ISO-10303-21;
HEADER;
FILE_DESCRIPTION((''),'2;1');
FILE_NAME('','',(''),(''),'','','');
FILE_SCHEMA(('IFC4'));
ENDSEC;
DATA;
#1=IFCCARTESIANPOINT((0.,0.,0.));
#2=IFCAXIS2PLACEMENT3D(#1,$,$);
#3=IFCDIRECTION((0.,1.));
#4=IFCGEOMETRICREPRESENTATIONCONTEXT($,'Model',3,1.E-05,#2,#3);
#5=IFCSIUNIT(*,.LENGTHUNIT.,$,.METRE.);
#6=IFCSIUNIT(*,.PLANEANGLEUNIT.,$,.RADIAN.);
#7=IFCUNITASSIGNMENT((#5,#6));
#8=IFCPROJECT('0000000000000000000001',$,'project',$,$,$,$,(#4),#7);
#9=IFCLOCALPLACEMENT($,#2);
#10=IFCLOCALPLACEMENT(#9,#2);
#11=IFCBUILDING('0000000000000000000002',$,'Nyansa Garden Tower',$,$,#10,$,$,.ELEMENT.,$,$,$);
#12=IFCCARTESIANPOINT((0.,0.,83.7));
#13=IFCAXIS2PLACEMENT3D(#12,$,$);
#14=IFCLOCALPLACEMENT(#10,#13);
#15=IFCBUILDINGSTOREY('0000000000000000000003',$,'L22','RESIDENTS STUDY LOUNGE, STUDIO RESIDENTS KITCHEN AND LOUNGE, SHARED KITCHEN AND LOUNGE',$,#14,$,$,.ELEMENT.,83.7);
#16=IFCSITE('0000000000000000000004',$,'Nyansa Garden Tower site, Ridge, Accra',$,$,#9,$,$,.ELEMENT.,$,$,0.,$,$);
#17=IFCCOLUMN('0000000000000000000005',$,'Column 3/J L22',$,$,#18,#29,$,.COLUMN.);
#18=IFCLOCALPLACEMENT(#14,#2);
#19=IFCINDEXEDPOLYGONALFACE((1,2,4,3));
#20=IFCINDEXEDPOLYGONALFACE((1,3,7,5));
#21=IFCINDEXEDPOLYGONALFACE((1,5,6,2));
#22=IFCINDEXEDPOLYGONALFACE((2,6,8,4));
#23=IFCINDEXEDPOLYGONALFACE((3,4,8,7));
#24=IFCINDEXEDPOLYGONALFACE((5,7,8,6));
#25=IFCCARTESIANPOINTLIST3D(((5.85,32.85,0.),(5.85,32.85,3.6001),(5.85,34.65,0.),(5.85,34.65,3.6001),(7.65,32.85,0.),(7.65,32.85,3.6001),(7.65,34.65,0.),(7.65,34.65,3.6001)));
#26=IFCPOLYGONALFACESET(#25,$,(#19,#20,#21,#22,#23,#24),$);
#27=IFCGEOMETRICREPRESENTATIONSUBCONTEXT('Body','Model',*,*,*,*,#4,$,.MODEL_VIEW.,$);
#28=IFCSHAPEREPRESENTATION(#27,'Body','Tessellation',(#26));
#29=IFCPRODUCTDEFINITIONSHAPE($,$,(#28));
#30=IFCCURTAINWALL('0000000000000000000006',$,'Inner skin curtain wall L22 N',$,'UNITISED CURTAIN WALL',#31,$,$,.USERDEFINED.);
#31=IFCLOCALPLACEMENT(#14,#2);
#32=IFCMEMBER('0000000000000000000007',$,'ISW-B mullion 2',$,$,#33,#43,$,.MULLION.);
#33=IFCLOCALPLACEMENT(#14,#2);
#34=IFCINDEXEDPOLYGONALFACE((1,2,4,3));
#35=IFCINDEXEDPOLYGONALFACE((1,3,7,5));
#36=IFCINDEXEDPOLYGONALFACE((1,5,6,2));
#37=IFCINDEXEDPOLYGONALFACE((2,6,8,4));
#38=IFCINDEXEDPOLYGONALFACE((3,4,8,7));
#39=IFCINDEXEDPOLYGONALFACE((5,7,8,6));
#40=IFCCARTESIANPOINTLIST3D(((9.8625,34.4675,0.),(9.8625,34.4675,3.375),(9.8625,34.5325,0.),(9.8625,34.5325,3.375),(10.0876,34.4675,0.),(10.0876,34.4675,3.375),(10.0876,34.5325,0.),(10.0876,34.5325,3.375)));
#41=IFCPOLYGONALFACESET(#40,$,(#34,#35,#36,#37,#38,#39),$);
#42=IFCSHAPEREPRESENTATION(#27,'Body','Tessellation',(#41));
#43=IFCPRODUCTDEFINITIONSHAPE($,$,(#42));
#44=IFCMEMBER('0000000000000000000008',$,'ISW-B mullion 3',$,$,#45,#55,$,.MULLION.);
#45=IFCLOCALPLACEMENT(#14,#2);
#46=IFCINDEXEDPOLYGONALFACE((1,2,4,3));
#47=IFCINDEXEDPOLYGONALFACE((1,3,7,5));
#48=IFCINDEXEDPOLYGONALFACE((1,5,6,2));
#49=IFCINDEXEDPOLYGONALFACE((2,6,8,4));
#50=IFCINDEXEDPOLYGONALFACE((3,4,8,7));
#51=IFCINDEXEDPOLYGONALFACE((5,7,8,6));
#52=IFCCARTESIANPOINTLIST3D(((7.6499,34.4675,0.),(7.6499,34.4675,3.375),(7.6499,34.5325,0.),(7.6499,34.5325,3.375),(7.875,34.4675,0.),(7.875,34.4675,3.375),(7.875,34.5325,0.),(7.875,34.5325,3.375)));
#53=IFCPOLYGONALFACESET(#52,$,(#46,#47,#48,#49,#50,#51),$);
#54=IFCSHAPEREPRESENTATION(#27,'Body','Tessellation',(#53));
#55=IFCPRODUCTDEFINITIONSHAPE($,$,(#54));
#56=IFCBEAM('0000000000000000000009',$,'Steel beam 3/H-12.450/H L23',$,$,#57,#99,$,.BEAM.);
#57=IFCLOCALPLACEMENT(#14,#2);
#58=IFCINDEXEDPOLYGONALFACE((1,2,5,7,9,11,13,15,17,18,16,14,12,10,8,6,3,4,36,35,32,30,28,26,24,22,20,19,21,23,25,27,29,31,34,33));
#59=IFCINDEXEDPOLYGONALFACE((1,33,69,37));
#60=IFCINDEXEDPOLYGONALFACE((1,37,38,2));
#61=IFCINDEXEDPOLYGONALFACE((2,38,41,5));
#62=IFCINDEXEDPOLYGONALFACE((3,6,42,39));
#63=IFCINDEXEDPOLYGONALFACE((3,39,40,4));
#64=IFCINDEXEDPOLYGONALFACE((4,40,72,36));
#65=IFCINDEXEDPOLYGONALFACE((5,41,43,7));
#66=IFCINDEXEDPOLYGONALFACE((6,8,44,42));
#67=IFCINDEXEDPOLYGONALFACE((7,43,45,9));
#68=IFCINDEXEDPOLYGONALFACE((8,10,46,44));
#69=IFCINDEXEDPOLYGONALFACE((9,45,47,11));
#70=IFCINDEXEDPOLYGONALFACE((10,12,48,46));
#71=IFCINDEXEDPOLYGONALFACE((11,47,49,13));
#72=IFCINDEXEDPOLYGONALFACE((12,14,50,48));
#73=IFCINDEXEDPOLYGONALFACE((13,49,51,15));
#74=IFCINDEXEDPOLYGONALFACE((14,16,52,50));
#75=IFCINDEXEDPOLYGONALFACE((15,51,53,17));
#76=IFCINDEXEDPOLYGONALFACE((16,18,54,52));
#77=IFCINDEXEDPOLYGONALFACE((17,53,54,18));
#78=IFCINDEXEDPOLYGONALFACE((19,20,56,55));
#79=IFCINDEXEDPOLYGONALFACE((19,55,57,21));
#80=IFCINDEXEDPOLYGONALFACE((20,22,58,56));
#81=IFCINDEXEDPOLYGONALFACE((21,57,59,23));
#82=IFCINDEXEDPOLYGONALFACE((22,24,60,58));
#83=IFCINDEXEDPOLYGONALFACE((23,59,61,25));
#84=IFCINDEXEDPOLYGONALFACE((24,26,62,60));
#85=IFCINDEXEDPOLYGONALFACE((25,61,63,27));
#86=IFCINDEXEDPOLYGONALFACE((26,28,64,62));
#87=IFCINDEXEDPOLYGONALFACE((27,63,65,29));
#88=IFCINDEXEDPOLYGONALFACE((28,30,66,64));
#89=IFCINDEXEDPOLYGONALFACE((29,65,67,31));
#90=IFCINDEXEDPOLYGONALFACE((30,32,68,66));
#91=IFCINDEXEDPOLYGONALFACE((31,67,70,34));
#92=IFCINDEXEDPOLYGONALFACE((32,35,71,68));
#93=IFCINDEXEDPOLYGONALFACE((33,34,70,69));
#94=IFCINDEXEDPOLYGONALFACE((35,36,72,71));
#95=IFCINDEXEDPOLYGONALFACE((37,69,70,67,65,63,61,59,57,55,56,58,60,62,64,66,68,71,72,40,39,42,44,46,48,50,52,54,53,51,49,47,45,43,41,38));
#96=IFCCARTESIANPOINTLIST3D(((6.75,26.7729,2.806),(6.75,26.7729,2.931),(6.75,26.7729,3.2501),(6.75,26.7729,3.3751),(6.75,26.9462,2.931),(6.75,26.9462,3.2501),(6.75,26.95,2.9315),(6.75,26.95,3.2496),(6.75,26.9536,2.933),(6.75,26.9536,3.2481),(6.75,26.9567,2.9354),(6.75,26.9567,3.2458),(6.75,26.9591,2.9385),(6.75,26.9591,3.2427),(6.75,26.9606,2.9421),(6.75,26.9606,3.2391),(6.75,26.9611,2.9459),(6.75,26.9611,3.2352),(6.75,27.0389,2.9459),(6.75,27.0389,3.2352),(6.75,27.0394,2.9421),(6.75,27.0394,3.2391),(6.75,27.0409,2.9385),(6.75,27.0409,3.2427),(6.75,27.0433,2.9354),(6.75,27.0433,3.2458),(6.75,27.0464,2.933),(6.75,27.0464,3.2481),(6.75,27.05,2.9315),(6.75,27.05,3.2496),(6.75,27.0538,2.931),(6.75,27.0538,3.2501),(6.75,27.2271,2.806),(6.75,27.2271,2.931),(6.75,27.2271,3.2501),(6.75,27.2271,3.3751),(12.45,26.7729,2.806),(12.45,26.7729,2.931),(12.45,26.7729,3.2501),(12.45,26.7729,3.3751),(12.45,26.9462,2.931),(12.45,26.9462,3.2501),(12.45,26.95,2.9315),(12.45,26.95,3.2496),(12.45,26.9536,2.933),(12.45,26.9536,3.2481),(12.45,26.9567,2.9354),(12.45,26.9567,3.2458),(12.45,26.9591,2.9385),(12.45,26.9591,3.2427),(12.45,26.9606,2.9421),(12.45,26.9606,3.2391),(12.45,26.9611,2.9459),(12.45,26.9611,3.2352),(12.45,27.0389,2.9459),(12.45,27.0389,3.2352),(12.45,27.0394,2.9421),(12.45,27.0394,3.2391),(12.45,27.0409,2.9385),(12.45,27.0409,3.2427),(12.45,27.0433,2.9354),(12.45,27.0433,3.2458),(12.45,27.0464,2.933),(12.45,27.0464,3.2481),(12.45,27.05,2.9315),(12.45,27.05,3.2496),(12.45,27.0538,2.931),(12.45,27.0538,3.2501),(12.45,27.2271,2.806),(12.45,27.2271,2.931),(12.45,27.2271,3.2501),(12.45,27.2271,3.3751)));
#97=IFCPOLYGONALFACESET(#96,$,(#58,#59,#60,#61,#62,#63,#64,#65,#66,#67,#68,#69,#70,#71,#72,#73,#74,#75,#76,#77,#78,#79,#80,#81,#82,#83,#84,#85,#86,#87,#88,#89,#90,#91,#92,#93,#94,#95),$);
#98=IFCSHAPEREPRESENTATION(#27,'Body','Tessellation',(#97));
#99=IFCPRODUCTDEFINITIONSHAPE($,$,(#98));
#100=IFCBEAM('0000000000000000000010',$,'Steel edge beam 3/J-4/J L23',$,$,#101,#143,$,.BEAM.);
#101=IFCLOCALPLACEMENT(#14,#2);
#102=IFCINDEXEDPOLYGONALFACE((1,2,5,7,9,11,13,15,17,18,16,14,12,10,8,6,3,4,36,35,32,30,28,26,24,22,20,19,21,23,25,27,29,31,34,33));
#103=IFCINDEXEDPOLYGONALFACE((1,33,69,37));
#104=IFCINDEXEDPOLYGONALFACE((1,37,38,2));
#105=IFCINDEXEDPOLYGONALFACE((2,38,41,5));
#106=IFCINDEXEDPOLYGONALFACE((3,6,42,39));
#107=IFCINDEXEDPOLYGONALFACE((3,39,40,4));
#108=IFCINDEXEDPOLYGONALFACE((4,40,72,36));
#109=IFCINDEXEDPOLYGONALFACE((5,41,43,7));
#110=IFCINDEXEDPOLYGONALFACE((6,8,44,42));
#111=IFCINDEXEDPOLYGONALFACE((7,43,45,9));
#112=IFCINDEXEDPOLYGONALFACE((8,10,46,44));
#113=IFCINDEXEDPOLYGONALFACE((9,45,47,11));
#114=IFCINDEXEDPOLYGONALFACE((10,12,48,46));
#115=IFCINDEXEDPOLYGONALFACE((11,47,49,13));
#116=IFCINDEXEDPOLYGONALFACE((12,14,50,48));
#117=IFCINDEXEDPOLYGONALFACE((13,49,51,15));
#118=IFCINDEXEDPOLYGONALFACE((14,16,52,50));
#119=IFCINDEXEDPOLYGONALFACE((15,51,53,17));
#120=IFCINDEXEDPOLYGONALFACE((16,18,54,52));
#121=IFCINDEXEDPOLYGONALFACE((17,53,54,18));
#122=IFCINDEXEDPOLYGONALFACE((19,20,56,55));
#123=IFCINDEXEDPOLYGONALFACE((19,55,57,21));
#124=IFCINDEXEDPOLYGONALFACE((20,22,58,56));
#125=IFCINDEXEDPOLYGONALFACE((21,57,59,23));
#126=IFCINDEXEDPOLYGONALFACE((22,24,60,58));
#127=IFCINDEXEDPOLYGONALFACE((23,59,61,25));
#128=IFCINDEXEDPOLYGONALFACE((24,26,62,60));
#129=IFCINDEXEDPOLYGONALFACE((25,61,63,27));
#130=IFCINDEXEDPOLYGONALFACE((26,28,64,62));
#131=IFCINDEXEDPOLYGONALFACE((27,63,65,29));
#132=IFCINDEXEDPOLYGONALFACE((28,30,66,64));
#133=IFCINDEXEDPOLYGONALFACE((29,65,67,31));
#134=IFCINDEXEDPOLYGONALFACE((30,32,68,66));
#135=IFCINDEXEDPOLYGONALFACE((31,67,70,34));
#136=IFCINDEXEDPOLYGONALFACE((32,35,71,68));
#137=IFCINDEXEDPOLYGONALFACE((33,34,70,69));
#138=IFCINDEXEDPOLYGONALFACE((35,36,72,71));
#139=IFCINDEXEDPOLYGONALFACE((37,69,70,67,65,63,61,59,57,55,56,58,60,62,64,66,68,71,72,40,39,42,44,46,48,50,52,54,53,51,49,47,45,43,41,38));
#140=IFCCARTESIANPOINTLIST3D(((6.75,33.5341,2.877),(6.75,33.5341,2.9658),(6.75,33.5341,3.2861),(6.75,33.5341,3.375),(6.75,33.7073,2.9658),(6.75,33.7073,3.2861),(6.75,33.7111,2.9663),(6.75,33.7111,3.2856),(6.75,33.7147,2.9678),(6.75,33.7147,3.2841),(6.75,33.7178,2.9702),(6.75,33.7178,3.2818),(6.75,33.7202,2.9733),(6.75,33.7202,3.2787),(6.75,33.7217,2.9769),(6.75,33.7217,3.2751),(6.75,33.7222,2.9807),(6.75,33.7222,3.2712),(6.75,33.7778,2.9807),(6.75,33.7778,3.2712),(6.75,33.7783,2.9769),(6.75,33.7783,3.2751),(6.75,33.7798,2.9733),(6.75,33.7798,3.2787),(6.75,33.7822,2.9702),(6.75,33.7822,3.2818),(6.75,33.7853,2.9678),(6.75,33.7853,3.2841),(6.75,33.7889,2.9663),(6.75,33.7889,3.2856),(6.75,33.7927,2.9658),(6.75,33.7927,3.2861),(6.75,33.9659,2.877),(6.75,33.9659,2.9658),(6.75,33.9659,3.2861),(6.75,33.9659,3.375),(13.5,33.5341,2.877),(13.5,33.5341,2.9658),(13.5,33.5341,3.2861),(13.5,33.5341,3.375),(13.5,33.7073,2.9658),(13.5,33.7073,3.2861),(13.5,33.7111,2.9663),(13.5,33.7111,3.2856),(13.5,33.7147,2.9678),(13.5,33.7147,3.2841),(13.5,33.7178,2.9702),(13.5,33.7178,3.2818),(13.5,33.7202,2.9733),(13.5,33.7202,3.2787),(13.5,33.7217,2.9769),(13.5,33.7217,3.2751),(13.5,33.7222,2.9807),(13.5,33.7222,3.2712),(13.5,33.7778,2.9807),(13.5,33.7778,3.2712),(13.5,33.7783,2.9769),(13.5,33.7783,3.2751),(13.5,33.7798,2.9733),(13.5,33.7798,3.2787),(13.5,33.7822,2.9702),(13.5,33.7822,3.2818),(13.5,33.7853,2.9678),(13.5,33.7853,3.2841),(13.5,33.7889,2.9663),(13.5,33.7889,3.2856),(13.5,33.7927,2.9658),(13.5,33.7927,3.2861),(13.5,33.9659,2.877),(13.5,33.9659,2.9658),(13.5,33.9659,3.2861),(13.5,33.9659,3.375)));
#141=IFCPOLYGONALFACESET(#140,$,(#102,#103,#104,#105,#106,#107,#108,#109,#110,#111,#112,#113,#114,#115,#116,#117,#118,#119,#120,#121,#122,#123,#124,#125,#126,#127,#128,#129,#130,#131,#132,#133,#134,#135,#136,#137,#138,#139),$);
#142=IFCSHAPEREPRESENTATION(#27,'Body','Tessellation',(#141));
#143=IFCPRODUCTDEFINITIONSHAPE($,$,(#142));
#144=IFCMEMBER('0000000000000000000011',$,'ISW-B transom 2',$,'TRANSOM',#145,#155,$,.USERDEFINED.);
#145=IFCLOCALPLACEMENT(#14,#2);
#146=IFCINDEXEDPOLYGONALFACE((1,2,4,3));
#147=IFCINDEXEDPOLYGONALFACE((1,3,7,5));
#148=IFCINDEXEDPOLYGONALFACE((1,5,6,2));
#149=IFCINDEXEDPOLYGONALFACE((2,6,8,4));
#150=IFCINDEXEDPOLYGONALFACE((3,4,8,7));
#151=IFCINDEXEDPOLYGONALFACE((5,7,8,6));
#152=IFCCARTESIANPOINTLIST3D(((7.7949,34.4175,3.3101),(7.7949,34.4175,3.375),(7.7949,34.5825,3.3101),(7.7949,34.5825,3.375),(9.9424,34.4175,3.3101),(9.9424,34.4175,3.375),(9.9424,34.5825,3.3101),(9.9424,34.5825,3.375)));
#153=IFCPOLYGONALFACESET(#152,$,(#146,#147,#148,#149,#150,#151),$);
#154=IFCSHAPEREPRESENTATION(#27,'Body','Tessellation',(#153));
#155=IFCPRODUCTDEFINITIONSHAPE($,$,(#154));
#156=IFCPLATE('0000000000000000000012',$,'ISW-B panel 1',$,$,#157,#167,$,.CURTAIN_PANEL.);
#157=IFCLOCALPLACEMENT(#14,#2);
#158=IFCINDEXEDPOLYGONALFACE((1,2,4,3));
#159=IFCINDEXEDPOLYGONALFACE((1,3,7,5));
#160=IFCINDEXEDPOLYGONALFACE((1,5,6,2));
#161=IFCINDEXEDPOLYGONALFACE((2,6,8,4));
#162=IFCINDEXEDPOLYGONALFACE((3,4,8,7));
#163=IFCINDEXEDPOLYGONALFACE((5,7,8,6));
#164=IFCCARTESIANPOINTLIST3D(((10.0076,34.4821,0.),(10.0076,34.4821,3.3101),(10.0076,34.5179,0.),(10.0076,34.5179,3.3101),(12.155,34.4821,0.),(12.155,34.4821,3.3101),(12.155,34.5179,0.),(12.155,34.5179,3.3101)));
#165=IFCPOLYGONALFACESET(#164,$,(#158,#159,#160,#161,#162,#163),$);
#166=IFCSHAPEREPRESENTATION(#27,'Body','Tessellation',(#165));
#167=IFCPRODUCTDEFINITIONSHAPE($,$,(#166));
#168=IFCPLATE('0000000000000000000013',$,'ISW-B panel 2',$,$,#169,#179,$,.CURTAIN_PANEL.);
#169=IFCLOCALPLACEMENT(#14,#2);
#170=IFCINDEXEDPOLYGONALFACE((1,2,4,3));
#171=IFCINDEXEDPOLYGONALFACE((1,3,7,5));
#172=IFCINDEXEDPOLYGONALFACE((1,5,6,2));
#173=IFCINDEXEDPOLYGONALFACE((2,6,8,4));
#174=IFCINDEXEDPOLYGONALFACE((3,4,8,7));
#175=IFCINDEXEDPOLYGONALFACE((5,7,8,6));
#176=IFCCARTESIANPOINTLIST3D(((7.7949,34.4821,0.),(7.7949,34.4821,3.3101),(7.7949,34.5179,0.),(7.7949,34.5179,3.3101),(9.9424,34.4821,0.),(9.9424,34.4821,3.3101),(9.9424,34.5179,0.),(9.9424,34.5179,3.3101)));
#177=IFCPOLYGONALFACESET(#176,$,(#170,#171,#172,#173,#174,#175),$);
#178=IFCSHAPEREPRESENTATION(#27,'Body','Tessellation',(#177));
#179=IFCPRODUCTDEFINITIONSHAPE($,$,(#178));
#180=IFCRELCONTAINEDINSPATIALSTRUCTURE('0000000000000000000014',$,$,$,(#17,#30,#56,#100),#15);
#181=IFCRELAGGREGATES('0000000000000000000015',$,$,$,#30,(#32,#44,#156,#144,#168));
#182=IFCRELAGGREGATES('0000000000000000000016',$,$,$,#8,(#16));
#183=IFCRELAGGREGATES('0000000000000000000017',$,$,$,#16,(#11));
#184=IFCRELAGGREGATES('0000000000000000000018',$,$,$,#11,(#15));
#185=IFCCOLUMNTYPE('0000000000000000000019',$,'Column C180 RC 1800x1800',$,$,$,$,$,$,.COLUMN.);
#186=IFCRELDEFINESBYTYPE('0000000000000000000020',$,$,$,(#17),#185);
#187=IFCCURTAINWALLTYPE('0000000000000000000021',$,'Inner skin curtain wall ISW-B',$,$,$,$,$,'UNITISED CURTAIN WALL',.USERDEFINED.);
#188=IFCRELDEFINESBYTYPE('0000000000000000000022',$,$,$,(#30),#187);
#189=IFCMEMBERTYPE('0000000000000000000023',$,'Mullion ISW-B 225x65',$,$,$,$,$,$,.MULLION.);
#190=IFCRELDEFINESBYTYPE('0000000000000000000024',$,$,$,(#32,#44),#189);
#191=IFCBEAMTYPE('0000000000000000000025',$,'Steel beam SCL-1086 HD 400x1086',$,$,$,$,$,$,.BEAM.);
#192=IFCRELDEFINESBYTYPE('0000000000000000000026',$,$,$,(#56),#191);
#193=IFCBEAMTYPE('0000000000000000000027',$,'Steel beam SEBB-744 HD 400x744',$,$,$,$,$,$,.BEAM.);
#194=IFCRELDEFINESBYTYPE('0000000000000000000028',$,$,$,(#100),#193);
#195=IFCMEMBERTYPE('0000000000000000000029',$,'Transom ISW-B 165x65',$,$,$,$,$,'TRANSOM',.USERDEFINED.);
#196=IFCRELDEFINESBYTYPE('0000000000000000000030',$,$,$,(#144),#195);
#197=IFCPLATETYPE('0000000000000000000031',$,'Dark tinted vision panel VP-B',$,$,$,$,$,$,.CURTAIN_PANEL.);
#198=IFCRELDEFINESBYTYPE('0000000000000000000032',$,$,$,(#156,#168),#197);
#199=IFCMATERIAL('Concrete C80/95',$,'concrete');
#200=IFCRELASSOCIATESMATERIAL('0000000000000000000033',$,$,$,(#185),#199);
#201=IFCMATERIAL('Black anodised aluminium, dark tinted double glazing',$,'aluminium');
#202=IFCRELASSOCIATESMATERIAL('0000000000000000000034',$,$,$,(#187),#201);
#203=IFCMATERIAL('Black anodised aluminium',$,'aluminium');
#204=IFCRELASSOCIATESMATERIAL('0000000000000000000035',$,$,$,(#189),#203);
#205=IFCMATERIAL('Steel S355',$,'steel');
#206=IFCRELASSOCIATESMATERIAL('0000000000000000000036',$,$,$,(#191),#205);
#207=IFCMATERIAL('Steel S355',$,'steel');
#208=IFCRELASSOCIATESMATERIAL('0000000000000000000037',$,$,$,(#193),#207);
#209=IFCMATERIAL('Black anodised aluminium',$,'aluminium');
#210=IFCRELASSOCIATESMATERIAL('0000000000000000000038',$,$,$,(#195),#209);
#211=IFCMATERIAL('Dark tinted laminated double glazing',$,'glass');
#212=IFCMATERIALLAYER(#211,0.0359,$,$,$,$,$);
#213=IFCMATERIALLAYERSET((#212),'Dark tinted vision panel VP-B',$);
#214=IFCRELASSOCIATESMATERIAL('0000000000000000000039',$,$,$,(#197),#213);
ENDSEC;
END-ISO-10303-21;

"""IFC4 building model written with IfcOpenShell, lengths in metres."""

from ifc_helpers import new_model, si_unit, direction, frame, origin, origin_2d, place, context, subcontext, project, spatial, rectangle, i_section, extrude, material, layer, layer_set, material_profile, profile_set, type_object, element, aggregate, save


model = new_model("IFC4")

# Units and contexts
model_context = context("Model", 3, precision=1e-05, world=origin(), true_north=direction((0.0, 1.0)))
body_context = subcontext(model_context, "Body", "Model", "MODEL_VIEW")
ifc_project = project(units=[si_unit("LENGTHUNIT", "METRE"), si_unit("PLANEANGLEUNIT", "RADIAN")], contexts=[model_context])

# Site, building, storey
site_placement = place(None, origin())
site = spatial("IfcSite", under=ifc_project, at=site_placement, Name="Nyansa Garden Tower site, Ridge, Accra", CompositionType="ELEMENT", RefElevation=0.0)
building_placement = place(site_placement, origin())
building = spatial("IfcBuilding", under=site, at=building_placement, Name="Nyansa Garden Tower", CompositionType="ELEMENT")
storey_placement = place(building_placement, frame((0.0, 0.0, 83.7)))
storey = spatial("IfcBuildingStorey", under=building, at=storey_placement, Name="L22", Description="RESIDENTS STUDY LOUNGE, STUDIO RESIDENTS KITCHEN AND LOUNGE, SHARED KITCHEN AND LOUNGE", CompositionType="ELEMENT", Elevation=83.7)

# Column
ifc_material_1 = material(Name="Concrete C80/95", Category="concrete")
ifc_material_profile_1 = material_profile(ifc_material_1, rectangle(XDim=1.8, YDim=1.8, at=origin_2d()), Name="RC 1800x1800")
ifc_profile_set_1 = profile_set([ifc_material_profile_1], Name="Concrete C80/95")
column_type = type_object("IfcColumnType", Name="Column C180 RC 1800x1800", PredefinedType="COLUMN", material=ifc_profile_set_1)
column_placement = place(storey_placement, frame((6.75, 33.75, 0.0), z_axis=(0.0, 0.0, 1.0), x_axis=(1.0, 0.0, 0.0)))
element("IfcColumn", 1, at=column_placement, inside=storey, type_object=column_type, Name="Column 3/J L22", PredefinedType="COLUMN", context=body_context, shape_type="SweptSolid", body=[
    extrude(rectangle(XDim=1.8, YDim=1.8, at=origin_2d()), origin(), (0.0, 0.0, 1.0), 3.6001),
])

# Curtain wall, members
ifc_material_2 = material(Name="Black anodised aluminium, dark tinted double glazing", Category="aluminium")
curtain_wall_type = type_object("IfcCurtainWallType", Name="Inner skin curtain wall ISW-B", ElementType="UNITISED CURTAIN WALL", PredefinedType="USERDEFINED", material=ifc_material_2)
curtain_wall_placement = place(storey_placement, origin())
curtain_wall = element("IfcCurtainWall", 2, at=curtain_wall_placement, inside=storey, type_object=curtain_wall_type, Name="Inner skin curtain wall L22 N", ObjectType="UNITISED CURTAIN WALL", PredefinedType="USERDEFINED")
ifc_material_3 = material(Name="Black anodised aluminium", Category="aluminium")
ifc_material_profile_2 = material_profile(ifc_material_3, rectangle(XDim=0.0649, YDim=0.2251, at=origin_2d()), Name="Mullion 225x65")
ifc_profile_set_2 = profile_set([ifc_material_profile_2], Name="Black anodised aluminium")
member_type_1 = type_object("IfcMemberType", Name="Mullion ISW-B 225x65", PredefinedType="MULLION", material=ifc_profile_set_2)
member_1_placement = place(storey_placement, frame((9.9751, 34.5, 0.0), z_axis=(0.0, 0.0, 1.0), x_axis=(0.0, -1.0, 0.0)))
member_1 = element("IfcMember", 3, at=member_1_placement, type_object=member_type_1, Name="ISW-B mullion 2", PredefinedType="MULLION", context=body_context, shape_type="SweptSolid", body=[
    extrude(rectangle(XDim=0.0649, YDim=0.2251, at=origin_2d()), origin(), (0.0, 0.0, 1.0), 3.375),
])
member_2_placement = place(storey_placement, frame((7.7625, 34.5, 0.0), z_axis=(0.0, 0.0, 1.0), x_axis=(0.0, -1.0, 0.0)))
member_2 = element("IfcMember", 4, at=member_2_placement, type_object=member_type_1, Name="ISW-B mullion 3", PredefinedType="MULLION", context=body_context, shape_type="SweptSolid", body=[
    extrude(rectangle(XDim=0.0649, YDim=0.2251, at=origin_2d()), origin(), (0.0, 0.0, 1.0), 3.375),
])

# Beams
ifc_material_4 = material(Name="Steel S355", Category="steel")
ifc_material_profile_3 = material_profile(ifc_material_4, i_section(OverallWidth=0.4541, OverallDepth=0.5691, WebThickness=0.0779, FlangeThickness=0.125, FilletRadius=0.0149, at=origin_2d()), Name="HD 400x1086")
ifc_profile_set_3 = profile_set([ifc_material_profile_3], Name="Steel S355")
beam_type_1 = type_object("IfcBeamType", Name="Steel beam SCL-1086 HD 400x1086", PredefinedType="BEAM", material=ifc_profile_set_3)
beam_1_placement = place(storey_placement, frame((6.75, 27.0, 3.0906), z_axis=(1.0, 0.0, 0.0), x_axis=(0.0, 1.0, 0.0)))
element("IfcBeam", 5, at=beam_1_placement, inside=storey, type_object=beam_type_1, Name="Steel beam 3/H-12.450/H L23", PredefinedType="BEAM", context=body_context, shape_type="SweptSolid", body=[
    extrude(i_section(OverallWidth=0.4541, OverallDepth=0.5691, WebThickness=0.0779, FlangeThickness=0.125, FilletRadius=0.0149, at=origin_2d()), origin(), (0.0, 0.0, 1.0), 5.7),
])
ifc_material_5 = material(Name="Steel S355", Category="steel")
ifc_material_profile_4 = material_profile(ifc_material_5, i_section(OverallWidth=0.4319, OverallDepth=0.498, WebThickness=0.0557, FlangeThickness=0.0889, FilletRadius=0.0149, at=origin_2d()), Name="HD 400x744")
ifc_profile_set_4 = profile_set([ifc_material_profile_4], Name="Steel S355")
beam_type_2 = type_object("IfcBeamType", Name="Steel beam SEBB-744 HD 400x744", PredefinedType="BEAM", material=ifc_profile_set_4)
beam_2_placement = place(storey_placement, frame((6.75, 33.75, 3.126), z_axis=(1.0, 0.0, 0.0), x_axis=(0.0, 1.0, 0.0)))
element("IfcBeam", 6, at=beam_2_placement, inside=storey, type_object=beam_type_2, Name="Steel edge beam 3/J-4/J L23", PredefinedType="BEAM", context=body_context, shape_type="SweptSolid", body=[
    extrude(i_section(OverallWidth=0.4319, OverallDepth=0.498, WebThickness=0.0557, FlangeThickness=0.0889, FilletRadius=0.0149, at=origin_2d()), origin(), (0.0, 0.0, 1.0), 6.75),
])

# Member
ifc_material_6 = material(Name="Black anodised aluminium", Category="aluminium")
ifc_material_profile_5 = material_profile(ifc_material_6, rectangle(XDim=0.165, YDim=0.0649, at=origin_2d()), Name="Transom 165x65")
ifc_profile_set_5 = profile_set([ifc_material_profile_5], Name="Black anodised aluminium")
member_type_2 = type_object("IfcMemberType", Name="Transom ISW-B 165x65", ElementType="TRANSOM", PredefinedType="USERDEFINED", material=ifc_profile_set_5)
member_3_placement = place(storey_placement, frame((9.9424, 34.5, 3.3425), z_axis=(-1.0, 0.0, 0.0), x_axis=(0.0, -1.0, 0.0)))
member_3 = element("IfcMember", 7, at=member_3_placement, type_object=member_type_2, Name="ISW-B transom 2", ObjectType="TRANSOM", PredefinedType="USERDEFINED", context=body_context, shape_type="SweptSolid", body=[
    extrude(rectangle(XDim=0.165, YDim=0.0649, at=origin_2d()), origin(), (0.0, 0.0, 1.0), 2.1475),
])

# Plates
ifc_material_7 = material(Name="Dark tinted laminated double glazing", Category="glass")
ifc_layer_1 = layer(ifc_material_7, 0.0359)
ifc_layer_set_1 = layer_set([ifc_layer_1], Name="Dark tinted vision panel VP-B")
plate_type = type_object("IfcPlateType", Name="Dark tinted vision panel VP-B", PredefinedType="CURTAIN_PANEL", material=ifc_layer_set_1)
plate_1_placement = place(storey_placement, frame((11.0813, 34.5, 0.0), z_axis=(0.0, 0.0, 1.0), x_axis=(-1.0, 0.0, 0.0)))
plate_1 = element("IfcPlate", 8, at=plate_1_placement, type_object=plate_type, Name="ISW-B panel 1", PredefinedType="CURTAIN_PANEL", context=body_context, shape_type="SweptSolid", body=[
    extrude(rectangle(XDim=2.1475, YDim=0.0359, at=origin_2d()), origin(), (0.0, 0.0, 1.0), 3.3101),
])
plate_2_placement = place(storey_placement, frame((8.8687, 34.5, 0.0), z_axis=(0.0, 0.0, 1.0), x_axis=(-1.0, 0.0, 0.0)))
plate_2 = element("IfcPlate", 9, at=plate_2_placement, type_object=plate_type, Name="ISW-B panel 2", PredefinedType="CURTAIN_PANEL", context=body_context, shape_type="SweptSolid", body=[
    extrude(rectangle(XDim=2.1475, YDim=0.0359, at=origin_2d()), origin(), (0.0, 0.0, 1.0), 3.3101),
])
aggregate(curtain_wall, [member_1, member_2, plate_1, member_3, plate_2])

save(model, "model.ifc")
